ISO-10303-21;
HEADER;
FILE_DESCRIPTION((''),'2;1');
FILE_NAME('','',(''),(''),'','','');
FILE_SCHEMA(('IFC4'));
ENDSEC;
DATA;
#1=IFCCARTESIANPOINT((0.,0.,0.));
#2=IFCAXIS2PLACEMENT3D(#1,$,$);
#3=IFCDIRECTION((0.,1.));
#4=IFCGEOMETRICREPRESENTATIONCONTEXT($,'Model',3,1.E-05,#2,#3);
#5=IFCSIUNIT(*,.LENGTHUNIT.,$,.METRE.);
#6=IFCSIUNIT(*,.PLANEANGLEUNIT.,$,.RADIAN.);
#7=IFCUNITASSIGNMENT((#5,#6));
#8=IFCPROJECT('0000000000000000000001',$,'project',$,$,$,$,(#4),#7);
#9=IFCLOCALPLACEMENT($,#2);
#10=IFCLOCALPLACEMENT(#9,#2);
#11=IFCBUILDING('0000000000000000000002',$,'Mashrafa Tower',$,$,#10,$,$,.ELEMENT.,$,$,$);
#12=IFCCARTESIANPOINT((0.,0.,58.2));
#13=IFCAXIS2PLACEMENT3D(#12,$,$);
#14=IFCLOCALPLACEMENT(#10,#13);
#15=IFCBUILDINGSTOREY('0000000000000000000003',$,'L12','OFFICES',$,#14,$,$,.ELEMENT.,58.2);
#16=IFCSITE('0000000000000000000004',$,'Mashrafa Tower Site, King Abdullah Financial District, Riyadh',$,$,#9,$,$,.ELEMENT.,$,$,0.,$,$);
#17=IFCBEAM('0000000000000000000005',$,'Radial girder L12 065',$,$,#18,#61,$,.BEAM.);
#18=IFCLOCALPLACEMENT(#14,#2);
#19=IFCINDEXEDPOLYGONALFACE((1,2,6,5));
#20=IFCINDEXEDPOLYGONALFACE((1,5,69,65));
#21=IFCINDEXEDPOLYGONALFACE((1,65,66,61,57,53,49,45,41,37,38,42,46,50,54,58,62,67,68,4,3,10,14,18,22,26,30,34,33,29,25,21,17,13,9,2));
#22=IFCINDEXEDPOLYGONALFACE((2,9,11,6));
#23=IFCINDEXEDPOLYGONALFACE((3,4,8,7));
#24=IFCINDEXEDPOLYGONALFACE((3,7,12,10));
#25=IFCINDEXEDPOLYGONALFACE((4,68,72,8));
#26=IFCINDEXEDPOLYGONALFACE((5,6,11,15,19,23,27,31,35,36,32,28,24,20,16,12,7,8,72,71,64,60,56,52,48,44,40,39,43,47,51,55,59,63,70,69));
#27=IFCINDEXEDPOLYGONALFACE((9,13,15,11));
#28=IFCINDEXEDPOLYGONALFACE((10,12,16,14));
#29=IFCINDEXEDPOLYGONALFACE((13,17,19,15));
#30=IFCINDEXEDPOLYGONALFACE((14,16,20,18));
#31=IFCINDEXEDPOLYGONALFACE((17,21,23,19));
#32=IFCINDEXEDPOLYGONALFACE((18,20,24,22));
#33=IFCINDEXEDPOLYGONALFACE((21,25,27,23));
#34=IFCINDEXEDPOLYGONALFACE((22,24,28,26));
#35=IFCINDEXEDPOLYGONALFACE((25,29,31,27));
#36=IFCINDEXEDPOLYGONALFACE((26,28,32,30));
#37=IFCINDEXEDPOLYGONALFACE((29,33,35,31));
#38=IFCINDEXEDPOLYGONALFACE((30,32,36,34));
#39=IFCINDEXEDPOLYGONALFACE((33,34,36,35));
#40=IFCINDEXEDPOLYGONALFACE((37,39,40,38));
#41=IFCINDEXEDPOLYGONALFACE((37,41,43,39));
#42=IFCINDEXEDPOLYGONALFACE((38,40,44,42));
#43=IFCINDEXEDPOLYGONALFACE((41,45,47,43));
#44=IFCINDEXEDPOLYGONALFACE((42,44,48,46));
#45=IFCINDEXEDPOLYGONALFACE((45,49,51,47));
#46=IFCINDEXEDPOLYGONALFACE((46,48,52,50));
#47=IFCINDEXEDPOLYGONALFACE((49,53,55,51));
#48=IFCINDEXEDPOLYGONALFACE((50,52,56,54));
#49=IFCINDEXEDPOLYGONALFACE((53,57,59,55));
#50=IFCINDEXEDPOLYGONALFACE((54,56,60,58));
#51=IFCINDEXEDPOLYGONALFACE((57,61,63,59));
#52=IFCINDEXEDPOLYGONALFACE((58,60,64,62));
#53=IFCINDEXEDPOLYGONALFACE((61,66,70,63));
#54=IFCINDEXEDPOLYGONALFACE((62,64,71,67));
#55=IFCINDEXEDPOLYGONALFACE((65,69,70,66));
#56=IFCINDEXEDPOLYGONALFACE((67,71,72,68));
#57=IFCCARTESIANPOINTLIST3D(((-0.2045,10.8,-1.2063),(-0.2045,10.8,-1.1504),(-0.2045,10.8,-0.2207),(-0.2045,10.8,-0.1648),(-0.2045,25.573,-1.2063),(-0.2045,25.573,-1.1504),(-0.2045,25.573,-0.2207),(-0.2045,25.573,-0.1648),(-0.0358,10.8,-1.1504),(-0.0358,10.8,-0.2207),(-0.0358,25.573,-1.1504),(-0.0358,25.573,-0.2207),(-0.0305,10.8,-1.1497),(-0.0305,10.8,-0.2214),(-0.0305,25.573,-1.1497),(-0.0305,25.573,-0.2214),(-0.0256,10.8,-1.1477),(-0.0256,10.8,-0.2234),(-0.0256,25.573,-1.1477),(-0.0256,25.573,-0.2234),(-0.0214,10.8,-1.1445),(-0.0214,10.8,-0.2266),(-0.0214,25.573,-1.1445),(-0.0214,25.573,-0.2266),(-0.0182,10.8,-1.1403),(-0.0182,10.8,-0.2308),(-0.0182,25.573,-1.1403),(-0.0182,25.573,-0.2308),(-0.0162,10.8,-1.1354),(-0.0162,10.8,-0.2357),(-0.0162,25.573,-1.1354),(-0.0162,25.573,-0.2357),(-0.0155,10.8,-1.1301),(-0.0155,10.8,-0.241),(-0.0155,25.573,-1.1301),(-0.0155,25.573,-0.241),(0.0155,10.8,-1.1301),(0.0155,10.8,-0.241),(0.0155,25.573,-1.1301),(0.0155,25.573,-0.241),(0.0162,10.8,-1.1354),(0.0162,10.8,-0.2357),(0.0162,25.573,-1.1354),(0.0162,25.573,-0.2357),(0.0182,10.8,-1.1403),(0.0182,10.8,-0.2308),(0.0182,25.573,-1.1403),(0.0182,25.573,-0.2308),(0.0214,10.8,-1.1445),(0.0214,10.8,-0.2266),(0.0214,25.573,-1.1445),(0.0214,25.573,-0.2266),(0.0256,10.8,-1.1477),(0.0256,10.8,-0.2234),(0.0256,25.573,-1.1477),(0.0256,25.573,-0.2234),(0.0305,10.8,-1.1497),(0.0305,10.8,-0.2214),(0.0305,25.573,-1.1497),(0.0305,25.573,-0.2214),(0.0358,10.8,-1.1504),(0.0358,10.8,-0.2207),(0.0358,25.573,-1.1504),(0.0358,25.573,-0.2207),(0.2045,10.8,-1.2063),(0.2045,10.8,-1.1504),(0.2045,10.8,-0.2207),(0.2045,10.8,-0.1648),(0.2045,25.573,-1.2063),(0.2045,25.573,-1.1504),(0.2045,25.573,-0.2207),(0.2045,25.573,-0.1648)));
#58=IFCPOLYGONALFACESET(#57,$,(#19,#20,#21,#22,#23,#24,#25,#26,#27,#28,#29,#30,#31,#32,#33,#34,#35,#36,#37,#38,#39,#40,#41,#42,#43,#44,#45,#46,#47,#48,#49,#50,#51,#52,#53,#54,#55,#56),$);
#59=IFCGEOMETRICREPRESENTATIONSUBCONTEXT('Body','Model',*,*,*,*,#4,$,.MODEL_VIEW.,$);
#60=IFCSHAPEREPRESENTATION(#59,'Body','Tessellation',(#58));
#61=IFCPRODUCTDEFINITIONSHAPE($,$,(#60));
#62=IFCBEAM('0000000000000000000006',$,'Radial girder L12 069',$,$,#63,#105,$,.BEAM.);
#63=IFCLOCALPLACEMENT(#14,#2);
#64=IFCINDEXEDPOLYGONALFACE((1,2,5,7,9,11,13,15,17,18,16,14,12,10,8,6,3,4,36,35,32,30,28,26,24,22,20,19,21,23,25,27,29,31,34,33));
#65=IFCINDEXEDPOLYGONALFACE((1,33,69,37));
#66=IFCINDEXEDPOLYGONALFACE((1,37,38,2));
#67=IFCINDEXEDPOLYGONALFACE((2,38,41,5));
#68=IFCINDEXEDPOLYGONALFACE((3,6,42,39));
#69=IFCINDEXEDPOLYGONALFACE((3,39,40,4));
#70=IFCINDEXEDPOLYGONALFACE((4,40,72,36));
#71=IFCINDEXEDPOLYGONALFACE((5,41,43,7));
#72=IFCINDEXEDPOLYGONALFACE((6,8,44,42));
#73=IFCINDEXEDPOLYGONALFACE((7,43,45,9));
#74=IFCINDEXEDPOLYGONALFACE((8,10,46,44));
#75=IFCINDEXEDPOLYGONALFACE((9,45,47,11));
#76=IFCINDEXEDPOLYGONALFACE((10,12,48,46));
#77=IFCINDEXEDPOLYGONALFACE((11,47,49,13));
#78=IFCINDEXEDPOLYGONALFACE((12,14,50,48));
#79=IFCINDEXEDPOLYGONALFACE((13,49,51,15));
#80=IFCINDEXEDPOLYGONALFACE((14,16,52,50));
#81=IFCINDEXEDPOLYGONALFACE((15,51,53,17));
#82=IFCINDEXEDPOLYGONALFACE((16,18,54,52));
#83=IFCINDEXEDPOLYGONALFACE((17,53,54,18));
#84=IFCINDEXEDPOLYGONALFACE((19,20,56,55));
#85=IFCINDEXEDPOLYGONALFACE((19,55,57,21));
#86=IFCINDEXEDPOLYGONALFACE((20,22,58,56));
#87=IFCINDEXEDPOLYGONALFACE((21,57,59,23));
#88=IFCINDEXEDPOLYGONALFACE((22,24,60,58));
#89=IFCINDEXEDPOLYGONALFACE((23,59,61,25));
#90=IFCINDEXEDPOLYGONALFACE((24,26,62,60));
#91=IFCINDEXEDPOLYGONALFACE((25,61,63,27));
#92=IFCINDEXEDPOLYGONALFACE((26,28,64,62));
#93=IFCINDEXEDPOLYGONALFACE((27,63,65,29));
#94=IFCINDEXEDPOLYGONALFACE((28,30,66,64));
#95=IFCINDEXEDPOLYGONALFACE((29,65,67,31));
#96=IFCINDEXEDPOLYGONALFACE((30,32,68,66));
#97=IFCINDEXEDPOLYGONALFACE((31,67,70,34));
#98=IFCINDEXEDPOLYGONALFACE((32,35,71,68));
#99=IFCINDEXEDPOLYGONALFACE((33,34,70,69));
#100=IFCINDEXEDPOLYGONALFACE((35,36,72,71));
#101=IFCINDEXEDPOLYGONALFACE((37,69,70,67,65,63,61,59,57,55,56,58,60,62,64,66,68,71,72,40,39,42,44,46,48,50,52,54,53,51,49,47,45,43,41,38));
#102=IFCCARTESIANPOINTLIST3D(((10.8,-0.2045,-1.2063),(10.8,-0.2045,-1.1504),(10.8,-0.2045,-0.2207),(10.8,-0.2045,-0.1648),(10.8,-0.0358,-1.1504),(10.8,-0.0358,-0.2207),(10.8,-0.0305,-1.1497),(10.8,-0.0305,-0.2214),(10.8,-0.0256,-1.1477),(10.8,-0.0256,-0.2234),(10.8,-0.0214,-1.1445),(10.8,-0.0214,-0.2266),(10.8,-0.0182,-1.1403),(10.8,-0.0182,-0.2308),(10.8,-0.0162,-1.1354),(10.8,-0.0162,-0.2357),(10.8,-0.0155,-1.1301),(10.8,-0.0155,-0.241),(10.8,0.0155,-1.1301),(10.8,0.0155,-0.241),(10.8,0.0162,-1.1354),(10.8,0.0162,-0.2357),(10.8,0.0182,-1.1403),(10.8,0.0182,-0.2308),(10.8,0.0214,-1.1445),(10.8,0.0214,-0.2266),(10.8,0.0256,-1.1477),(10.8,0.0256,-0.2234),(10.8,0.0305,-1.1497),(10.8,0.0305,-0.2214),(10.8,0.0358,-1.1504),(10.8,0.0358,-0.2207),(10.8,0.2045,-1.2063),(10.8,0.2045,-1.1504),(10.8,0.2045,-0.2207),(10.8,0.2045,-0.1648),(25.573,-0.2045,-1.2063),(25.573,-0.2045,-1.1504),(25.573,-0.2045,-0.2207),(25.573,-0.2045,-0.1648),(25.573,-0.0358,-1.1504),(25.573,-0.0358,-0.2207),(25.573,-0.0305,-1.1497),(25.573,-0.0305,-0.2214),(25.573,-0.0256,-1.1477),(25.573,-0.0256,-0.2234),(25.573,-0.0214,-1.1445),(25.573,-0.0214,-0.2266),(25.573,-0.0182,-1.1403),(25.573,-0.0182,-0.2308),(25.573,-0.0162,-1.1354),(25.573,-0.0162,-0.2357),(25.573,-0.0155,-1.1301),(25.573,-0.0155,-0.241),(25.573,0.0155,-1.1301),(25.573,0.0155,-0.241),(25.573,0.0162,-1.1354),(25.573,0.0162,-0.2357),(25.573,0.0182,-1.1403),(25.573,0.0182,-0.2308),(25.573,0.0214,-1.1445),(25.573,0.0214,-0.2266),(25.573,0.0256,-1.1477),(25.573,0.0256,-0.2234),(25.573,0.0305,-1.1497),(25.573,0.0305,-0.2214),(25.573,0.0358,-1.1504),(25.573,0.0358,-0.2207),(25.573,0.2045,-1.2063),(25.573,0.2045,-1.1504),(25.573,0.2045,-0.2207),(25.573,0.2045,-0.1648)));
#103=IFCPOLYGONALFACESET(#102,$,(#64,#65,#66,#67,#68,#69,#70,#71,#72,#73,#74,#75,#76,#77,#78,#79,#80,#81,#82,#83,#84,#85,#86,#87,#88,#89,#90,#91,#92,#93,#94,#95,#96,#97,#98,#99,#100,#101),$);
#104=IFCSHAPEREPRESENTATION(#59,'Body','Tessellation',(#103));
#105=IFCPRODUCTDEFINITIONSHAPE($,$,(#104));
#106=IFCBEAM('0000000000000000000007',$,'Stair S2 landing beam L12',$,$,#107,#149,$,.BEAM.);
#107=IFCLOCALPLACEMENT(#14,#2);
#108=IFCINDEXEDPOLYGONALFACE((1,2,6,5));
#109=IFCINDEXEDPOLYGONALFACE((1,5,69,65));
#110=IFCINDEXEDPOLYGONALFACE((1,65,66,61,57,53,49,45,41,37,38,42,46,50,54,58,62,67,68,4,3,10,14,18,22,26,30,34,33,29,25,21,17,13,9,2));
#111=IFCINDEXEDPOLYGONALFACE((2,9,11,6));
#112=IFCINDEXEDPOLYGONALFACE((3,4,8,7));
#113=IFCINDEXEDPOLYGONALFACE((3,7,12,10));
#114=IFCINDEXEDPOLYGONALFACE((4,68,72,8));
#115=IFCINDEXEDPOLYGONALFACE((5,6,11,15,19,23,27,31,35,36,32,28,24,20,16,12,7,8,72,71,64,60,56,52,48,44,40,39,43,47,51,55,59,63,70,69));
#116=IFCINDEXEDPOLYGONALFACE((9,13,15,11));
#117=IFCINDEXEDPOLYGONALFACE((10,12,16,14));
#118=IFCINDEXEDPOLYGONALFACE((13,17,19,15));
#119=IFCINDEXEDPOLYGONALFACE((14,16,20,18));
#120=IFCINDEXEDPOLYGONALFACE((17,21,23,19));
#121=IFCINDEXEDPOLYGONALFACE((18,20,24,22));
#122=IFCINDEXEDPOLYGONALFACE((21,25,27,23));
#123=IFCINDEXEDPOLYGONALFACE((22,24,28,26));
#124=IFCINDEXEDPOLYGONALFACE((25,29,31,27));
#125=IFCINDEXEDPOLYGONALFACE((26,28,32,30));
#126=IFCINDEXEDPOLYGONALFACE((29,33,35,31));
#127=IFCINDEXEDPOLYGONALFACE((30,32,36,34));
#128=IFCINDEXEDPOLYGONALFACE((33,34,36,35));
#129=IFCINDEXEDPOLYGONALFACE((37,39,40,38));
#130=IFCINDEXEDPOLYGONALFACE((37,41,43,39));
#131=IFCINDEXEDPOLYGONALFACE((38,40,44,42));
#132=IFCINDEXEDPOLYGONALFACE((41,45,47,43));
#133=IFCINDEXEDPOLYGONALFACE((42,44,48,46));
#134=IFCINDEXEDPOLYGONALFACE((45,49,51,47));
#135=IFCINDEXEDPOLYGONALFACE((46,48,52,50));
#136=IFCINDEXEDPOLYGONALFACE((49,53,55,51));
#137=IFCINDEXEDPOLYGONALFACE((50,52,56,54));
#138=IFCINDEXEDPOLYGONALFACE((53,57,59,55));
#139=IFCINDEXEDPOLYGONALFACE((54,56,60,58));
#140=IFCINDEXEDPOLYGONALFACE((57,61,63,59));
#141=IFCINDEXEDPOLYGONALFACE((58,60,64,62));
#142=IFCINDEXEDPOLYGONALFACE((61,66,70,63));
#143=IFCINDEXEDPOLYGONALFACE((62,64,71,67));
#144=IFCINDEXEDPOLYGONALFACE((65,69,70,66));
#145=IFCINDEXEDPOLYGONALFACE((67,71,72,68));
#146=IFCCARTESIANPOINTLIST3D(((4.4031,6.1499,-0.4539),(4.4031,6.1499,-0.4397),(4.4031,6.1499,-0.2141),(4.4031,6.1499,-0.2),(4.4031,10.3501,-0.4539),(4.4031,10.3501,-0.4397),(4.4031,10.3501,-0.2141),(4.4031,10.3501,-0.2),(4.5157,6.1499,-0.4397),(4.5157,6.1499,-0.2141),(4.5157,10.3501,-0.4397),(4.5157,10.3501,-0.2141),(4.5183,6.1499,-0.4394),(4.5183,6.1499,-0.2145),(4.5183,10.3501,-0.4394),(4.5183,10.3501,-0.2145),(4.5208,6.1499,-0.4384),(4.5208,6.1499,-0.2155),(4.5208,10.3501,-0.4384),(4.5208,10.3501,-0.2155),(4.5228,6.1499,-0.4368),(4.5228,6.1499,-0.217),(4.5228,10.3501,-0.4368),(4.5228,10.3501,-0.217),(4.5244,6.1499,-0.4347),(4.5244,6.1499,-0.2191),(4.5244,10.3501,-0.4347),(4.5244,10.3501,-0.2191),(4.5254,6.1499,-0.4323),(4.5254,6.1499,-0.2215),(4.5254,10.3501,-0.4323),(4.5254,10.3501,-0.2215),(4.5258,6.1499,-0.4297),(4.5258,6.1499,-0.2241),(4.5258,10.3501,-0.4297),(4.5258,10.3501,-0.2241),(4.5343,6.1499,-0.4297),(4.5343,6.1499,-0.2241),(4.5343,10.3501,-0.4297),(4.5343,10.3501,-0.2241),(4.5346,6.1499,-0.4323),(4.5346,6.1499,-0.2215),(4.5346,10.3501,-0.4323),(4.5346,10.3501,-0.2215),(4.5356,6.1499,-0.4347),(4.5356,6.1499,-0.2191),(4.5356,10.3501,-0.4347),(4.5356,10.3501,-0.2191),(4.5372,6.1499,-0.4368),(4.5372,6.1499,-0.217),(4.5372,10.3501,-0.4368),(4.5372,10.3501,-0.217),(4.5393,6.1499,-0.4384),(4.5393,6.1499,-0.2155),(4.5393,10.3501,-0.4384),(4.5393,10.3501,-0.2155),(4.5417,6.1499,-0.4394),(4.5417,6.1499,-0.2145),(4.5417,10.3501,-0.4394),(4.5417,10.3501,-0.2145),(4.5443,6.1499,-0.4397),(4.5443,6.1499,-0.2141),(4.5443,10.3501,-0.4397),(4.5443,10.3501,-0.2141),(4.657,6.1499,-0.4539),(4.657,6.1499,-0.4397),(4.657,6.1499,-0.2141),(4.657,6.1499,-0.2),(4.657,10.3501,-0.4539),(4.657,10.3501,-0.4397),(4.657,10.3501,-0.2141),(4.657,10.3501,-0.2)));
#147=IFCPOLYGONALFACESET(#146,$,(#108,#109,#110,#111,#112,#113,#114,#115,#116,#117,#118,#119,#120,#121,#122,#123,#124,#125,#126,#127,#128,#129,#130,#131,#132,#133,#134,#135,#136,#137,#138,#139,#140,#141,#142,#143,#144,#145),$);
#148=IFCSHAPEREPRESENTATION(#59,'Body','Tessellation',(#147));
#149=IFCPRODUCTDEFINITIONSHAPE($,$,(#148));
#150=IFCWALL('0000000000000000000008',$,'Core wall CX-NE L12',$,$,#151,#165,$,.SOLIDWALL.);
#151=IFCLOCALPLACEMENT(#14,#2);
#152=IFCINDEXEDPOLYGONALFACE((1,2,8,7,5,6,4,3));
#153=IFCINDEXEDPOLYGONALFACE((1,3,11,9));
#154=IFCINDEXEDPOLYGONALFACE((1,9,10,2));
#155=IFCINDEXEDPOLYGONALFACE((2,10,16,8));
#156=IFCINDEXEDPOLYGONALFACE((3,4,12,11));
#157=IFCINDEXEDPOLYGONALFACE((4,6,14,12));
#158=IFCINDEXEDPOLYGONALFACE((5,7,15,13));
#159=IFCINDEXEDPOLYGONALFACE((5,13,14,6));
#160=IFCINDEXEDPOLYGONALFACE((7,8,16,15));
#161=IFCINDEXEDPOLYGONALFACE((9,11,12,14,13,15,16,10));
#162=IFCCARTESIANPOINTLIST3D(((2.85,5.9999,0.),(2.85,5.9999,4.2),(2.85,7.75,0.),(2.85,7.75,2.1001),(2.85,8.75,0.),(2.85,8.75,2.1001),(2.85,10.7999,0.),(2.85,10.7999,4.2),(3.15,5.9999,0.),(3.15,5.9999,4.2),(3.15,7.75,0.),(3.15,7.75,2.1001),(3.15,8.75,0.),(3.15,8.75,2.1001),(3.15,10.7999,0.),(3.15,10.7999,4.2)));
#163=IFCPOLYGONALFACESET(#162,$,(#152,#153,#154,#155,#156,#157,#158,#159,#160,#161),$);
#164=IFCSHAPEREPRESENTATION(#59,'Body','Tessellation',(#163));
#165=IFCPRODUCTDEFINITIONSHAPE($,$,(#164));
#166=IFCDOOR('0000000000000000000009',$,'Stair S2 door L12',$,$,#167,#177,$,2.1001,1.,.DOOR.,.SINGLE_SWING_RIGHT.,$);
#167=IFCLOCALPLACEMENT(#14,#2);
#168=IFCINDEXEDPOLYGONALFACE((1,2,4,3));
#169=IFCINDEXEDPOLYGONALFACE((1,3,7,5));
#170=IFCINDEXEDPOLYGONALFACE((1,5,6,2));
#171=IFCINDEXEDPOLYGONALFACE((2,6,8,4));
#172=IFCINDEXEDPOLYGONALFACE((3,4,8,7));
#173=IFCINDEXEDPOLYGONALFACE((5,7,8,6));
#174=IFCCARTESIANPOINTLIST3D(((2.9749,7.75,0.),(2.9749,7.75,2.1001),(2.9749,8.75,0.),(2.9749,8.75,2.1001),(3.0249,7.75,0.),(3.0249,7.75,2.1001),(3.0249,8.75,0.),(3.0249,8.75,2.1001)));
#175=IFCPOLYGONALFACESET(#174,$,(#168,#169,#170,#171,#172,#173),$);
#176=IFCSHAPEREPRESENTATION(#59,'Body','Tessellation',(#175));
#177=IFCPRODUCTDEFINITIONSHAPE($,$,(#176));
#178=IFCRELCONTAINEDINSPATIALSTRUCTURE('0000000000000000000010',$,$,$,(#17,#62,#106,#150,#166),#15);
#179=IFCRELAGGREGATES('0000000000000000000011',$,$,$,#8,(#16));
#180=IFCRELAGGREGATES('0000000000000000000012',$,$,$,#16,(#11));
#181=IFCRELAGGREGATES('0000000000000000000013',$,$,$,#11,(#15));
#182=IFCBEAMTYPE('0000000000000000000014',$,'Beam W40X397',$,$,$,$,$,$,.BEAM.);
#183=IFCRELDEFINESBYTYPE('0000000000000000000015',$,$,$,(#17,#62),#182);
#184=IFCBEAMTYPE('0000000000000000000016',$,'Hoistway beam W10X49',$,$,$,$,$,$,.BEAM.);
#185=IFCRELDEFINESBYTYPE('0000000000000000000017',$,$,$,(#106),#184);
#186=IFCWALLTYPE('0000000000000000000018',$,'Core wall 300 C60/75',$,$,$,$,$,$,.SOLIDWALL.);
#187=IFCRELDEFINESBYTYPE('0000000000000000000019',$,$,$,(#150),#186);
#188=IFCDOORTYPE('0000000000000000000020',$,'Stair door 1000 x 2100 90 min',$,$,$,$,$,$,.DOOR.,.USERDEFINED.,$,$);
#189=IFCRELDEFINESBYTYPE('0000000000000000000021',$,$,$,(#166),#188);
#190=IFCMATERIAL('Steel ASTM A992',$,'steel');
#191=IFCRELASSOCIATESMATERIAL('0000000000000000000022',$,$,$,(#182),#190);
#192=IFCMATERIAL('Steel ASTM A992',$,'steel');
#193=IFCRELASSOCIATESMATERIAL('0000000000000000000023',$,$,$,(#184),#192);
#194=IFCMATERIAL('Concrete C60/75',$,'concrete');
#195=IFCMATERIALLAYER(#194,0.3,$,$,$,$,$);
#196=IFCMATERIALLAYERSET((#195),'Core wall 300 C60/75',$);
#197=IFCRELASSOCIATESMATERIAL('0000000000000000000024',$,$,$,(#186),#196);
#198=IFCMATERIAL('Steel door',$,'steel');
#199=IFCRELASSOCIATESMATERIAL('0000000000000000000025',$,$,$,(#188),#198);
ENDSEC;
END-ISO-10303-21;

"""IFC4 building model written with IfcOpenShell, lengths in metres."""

from ifc_helpers import new_model, si_unit, direction, frame, frame_2d, origin, origin_2d, place, context, subcontext, project, spatial, rectangle, i_section, extrude, material, layer, layer_set, material_profile, profile_set, type_object, element, fill, save


model = new_model("IFC4")

# Units and contexts
model_context = context("Model", 3, precision=1e-05, world=origin(), true_north=direction((0.0, 1.0)))
body_context = subcontext(model_context, "Body", "Model", "MODEL_VIEW")
ifc_project = project(units=[si_unit("LENGTHUNIT", "METRE"), si_unit("PLANEANGLEUNIT", "RADIAN")], contexts=[model_context])

# Site, building, storey
site_placement = place(None, origin())
site = spatial("IfcSite", under=ifc_project, at=site_placement, Name="Mashrafa Tower Site, King Abdullah Financial District, Riyadh", CompositionType="ELEMENT", RefElevation=0.0)
building_placement = place(site_placement, origin())
building = spatial("IfcBuilding", under=site, at=building_placement, Name="Mashrafa Tower", CompositionType="ELEMENT")
storey_placement = place(building_placement, frame((0.0, 0.0, 58.2)))
storey = spatial("IfcBuildingStorey", under=building, at=storey_placement, Name="L12", Description="OFFICES", CompositionType="ELEMENT", Elevation=58.2)

# Beams
ifc_material_1 = material(Name="Steel ASTM A992", Category="steel")
ifc_material_profile_1 = material_profile(ifc_material_1, i_section(OverallWidth=0.4089, OverallDepth=1.0415, WebThickness=0.031, FlangeThickness=0.0559, FilletRadius=0.0203, at=origin_2d()), Name="W40X397")
ifc_profile_set_1 = profile_set([ifc_material_profile_1], Name="Steel ASTM A992")
beam_type_1 = type_object("IfcBeamType", Name="Beam W40X397", PredefinedType="BEAM", material=ifc_profile_set_1)
for number, where, z_axis, x_axis, name in (
    (1, (0.0, 10.8, -0.6855), (0.0, 1.0, 0.0), (-1.0, 0.0, 0.0), "Radial girder L12 065"),
    (2, (10.8, 0.0, -0.6855), (1.0, 0.0, 0.0), (0.0, 1.0, 0.0), "Radial girder L12 069"),
):
    element("IfcBeam", number, at=place(storey_placement, frame(where, z_axis=z_axis, x_axis=x_axis)), inside=storey, type_object=beam_type_1, Name=name, PredefinedType="BEAM", context=body_context, shape_type="SweptSolid", body=[
        extrude(i_section(OverallWidth=0.4089, OverallDepth=1.0415, WebThickness=0.031, FlangeThickness=0.0559, FilletRadius=0.0203, at=origin_2d()), origin(), (0.0, 0.0, 1.0), 14.7729),
    ])
ifc_material_2 = material(Name="Steel ASTM A992", Category="steel")
ifc_material_profile_2 = material_profile(ifc_material_2, i_section(OverallWidth=0.2539, OverallDepth=0.2539, WebThickness=0.0085, FlangeThickness=0.0142, FilletRadius=0.01, at=origin_2d()), Name="W10X49")
ifc_profile_set_2 = profile_set([ifc_material_profile_2], Name="Steel ASTM A992")
beam_type_2 = type_object("IfcBeamType", Name="Hoistway beam W10X49", PredefinedType="BEAM", material=ifc_profile_set_2)
beam_1_placement = place(storey_placement, frame((4.53, 6.1499, -0.3269), z_axis=(0.0, 1.0, 0.0), x_axis=(-1.0, 0.0, 0.0)))
element("IfcBeam", 3, at=beam_1_placement, inside=storey, type_object=beam_type_2, Name="Stair S2 landing beam L12", PredefinedType="BEAM", context=body_context, shape_type="SweptSolid", body=[
    extrude(i_section(OverallWidth=0.2539, OverallDepth=0.2539, WebThickness=0.0085, FlangeThickness=0.0142, FilletRadius=0.01, at=origin_2d()), origin(), (0.0, 0.0, 1.0), 4.2002),
])

# Wall, opening, door
ifc_material_3 = material(Name="Concrete C60/75", Category="concrete")
ifc_layer_1 = layer(ifc_material_3, 0.3)
ifc_layer_set_1 = layer_set([ifc_layer_1], Name="Core wall 300 C60/75")
wall_type_1 = type_object("IfcWallType", Name="Core wall 300 C60/75", PredefinedType="SOLIDWALL", material=ifc_layer_set_1)
wall_1_placement = place(storey_placement, frame((3.0, 6.0, 0.0), z_axis=(0.0, 0.0, 1.0), x_axis=(0.0, 1.0, 0.0)))
wall_1 = element("IfcWall", 4, at=wall_1_placement, inside=storey, type_object=wall_type_1, Name="Core wall CX-NE L12", PredefinedType="SOLIDWALL", context=body_context, shape_type="SweptSolid", body=[
    extrude(rectangle(XDim=4.8, YDim=0.3, at=frame_2d((2.3999, 0.0))), origin(), (0.0, 0.0, 1.0), 4.2),
])
opening_1_placement = place(wall_1_placement, frame((1.75, 0.0, 0.0)))
opening_1 = element("IfcOpeningElement", 5, at=opening_1_placement, cuts=wall_1, PredefinedType="OPENING", context=body_context, shape_type="SweptSolid", body=[
    extrude(rectangle(XDim=1.0, YDim=2.1001, at=frame_2d((0.5, 1.05))), frame((0.0, 0.1599, 0.0), z_axis=(0.0, -1.0, 0.0), x_axis=(1.0, 0.0, 0.0)), (0.0, 0.0, 1.0), 0.3201),
])
ifc_material_4 = material(Name="Steel door", Category="steel")
door_type_1 = type_object("IfcDoorType", Name="Stair door 1000 x 2100 90 min", OperationType="USERDEFINED", PredefinedType="DOOR", material=ifc_material_4)
door_1_placement = place(opening_1_placement, frame((1.0, 0.0, 0.0), z_axis=(0.0, 0.0, 1.0), x_axis=(-1.0, 0.0, 0.0)))
door_1 = element("IfcDoor", 6, at=door_1_placement, inside=storey, type_object=door_type_1, Name="Stair S2 door L12", OperationType="SINGLE_SWING_RIGHT", OverallHeight=2.1001, OverallWidth=1.0, PredefinedType="DOOR", context=body_context, shape_type="SweptSolid", body=[
    extrude(rectangle(XDim=1.0, YDim=2.1001, at=frame_2d((0.5, 1.05))), frame((0.0, 0.0249, 0.0), z_axis=(0.0, -1.0, 0.0), x_axis=(1.0, 0.0, 0.0)), (0.0, 0.0, 1.0), 0.05),
])
fill(opening_1, door_1)

save(model, "model.ifc")
